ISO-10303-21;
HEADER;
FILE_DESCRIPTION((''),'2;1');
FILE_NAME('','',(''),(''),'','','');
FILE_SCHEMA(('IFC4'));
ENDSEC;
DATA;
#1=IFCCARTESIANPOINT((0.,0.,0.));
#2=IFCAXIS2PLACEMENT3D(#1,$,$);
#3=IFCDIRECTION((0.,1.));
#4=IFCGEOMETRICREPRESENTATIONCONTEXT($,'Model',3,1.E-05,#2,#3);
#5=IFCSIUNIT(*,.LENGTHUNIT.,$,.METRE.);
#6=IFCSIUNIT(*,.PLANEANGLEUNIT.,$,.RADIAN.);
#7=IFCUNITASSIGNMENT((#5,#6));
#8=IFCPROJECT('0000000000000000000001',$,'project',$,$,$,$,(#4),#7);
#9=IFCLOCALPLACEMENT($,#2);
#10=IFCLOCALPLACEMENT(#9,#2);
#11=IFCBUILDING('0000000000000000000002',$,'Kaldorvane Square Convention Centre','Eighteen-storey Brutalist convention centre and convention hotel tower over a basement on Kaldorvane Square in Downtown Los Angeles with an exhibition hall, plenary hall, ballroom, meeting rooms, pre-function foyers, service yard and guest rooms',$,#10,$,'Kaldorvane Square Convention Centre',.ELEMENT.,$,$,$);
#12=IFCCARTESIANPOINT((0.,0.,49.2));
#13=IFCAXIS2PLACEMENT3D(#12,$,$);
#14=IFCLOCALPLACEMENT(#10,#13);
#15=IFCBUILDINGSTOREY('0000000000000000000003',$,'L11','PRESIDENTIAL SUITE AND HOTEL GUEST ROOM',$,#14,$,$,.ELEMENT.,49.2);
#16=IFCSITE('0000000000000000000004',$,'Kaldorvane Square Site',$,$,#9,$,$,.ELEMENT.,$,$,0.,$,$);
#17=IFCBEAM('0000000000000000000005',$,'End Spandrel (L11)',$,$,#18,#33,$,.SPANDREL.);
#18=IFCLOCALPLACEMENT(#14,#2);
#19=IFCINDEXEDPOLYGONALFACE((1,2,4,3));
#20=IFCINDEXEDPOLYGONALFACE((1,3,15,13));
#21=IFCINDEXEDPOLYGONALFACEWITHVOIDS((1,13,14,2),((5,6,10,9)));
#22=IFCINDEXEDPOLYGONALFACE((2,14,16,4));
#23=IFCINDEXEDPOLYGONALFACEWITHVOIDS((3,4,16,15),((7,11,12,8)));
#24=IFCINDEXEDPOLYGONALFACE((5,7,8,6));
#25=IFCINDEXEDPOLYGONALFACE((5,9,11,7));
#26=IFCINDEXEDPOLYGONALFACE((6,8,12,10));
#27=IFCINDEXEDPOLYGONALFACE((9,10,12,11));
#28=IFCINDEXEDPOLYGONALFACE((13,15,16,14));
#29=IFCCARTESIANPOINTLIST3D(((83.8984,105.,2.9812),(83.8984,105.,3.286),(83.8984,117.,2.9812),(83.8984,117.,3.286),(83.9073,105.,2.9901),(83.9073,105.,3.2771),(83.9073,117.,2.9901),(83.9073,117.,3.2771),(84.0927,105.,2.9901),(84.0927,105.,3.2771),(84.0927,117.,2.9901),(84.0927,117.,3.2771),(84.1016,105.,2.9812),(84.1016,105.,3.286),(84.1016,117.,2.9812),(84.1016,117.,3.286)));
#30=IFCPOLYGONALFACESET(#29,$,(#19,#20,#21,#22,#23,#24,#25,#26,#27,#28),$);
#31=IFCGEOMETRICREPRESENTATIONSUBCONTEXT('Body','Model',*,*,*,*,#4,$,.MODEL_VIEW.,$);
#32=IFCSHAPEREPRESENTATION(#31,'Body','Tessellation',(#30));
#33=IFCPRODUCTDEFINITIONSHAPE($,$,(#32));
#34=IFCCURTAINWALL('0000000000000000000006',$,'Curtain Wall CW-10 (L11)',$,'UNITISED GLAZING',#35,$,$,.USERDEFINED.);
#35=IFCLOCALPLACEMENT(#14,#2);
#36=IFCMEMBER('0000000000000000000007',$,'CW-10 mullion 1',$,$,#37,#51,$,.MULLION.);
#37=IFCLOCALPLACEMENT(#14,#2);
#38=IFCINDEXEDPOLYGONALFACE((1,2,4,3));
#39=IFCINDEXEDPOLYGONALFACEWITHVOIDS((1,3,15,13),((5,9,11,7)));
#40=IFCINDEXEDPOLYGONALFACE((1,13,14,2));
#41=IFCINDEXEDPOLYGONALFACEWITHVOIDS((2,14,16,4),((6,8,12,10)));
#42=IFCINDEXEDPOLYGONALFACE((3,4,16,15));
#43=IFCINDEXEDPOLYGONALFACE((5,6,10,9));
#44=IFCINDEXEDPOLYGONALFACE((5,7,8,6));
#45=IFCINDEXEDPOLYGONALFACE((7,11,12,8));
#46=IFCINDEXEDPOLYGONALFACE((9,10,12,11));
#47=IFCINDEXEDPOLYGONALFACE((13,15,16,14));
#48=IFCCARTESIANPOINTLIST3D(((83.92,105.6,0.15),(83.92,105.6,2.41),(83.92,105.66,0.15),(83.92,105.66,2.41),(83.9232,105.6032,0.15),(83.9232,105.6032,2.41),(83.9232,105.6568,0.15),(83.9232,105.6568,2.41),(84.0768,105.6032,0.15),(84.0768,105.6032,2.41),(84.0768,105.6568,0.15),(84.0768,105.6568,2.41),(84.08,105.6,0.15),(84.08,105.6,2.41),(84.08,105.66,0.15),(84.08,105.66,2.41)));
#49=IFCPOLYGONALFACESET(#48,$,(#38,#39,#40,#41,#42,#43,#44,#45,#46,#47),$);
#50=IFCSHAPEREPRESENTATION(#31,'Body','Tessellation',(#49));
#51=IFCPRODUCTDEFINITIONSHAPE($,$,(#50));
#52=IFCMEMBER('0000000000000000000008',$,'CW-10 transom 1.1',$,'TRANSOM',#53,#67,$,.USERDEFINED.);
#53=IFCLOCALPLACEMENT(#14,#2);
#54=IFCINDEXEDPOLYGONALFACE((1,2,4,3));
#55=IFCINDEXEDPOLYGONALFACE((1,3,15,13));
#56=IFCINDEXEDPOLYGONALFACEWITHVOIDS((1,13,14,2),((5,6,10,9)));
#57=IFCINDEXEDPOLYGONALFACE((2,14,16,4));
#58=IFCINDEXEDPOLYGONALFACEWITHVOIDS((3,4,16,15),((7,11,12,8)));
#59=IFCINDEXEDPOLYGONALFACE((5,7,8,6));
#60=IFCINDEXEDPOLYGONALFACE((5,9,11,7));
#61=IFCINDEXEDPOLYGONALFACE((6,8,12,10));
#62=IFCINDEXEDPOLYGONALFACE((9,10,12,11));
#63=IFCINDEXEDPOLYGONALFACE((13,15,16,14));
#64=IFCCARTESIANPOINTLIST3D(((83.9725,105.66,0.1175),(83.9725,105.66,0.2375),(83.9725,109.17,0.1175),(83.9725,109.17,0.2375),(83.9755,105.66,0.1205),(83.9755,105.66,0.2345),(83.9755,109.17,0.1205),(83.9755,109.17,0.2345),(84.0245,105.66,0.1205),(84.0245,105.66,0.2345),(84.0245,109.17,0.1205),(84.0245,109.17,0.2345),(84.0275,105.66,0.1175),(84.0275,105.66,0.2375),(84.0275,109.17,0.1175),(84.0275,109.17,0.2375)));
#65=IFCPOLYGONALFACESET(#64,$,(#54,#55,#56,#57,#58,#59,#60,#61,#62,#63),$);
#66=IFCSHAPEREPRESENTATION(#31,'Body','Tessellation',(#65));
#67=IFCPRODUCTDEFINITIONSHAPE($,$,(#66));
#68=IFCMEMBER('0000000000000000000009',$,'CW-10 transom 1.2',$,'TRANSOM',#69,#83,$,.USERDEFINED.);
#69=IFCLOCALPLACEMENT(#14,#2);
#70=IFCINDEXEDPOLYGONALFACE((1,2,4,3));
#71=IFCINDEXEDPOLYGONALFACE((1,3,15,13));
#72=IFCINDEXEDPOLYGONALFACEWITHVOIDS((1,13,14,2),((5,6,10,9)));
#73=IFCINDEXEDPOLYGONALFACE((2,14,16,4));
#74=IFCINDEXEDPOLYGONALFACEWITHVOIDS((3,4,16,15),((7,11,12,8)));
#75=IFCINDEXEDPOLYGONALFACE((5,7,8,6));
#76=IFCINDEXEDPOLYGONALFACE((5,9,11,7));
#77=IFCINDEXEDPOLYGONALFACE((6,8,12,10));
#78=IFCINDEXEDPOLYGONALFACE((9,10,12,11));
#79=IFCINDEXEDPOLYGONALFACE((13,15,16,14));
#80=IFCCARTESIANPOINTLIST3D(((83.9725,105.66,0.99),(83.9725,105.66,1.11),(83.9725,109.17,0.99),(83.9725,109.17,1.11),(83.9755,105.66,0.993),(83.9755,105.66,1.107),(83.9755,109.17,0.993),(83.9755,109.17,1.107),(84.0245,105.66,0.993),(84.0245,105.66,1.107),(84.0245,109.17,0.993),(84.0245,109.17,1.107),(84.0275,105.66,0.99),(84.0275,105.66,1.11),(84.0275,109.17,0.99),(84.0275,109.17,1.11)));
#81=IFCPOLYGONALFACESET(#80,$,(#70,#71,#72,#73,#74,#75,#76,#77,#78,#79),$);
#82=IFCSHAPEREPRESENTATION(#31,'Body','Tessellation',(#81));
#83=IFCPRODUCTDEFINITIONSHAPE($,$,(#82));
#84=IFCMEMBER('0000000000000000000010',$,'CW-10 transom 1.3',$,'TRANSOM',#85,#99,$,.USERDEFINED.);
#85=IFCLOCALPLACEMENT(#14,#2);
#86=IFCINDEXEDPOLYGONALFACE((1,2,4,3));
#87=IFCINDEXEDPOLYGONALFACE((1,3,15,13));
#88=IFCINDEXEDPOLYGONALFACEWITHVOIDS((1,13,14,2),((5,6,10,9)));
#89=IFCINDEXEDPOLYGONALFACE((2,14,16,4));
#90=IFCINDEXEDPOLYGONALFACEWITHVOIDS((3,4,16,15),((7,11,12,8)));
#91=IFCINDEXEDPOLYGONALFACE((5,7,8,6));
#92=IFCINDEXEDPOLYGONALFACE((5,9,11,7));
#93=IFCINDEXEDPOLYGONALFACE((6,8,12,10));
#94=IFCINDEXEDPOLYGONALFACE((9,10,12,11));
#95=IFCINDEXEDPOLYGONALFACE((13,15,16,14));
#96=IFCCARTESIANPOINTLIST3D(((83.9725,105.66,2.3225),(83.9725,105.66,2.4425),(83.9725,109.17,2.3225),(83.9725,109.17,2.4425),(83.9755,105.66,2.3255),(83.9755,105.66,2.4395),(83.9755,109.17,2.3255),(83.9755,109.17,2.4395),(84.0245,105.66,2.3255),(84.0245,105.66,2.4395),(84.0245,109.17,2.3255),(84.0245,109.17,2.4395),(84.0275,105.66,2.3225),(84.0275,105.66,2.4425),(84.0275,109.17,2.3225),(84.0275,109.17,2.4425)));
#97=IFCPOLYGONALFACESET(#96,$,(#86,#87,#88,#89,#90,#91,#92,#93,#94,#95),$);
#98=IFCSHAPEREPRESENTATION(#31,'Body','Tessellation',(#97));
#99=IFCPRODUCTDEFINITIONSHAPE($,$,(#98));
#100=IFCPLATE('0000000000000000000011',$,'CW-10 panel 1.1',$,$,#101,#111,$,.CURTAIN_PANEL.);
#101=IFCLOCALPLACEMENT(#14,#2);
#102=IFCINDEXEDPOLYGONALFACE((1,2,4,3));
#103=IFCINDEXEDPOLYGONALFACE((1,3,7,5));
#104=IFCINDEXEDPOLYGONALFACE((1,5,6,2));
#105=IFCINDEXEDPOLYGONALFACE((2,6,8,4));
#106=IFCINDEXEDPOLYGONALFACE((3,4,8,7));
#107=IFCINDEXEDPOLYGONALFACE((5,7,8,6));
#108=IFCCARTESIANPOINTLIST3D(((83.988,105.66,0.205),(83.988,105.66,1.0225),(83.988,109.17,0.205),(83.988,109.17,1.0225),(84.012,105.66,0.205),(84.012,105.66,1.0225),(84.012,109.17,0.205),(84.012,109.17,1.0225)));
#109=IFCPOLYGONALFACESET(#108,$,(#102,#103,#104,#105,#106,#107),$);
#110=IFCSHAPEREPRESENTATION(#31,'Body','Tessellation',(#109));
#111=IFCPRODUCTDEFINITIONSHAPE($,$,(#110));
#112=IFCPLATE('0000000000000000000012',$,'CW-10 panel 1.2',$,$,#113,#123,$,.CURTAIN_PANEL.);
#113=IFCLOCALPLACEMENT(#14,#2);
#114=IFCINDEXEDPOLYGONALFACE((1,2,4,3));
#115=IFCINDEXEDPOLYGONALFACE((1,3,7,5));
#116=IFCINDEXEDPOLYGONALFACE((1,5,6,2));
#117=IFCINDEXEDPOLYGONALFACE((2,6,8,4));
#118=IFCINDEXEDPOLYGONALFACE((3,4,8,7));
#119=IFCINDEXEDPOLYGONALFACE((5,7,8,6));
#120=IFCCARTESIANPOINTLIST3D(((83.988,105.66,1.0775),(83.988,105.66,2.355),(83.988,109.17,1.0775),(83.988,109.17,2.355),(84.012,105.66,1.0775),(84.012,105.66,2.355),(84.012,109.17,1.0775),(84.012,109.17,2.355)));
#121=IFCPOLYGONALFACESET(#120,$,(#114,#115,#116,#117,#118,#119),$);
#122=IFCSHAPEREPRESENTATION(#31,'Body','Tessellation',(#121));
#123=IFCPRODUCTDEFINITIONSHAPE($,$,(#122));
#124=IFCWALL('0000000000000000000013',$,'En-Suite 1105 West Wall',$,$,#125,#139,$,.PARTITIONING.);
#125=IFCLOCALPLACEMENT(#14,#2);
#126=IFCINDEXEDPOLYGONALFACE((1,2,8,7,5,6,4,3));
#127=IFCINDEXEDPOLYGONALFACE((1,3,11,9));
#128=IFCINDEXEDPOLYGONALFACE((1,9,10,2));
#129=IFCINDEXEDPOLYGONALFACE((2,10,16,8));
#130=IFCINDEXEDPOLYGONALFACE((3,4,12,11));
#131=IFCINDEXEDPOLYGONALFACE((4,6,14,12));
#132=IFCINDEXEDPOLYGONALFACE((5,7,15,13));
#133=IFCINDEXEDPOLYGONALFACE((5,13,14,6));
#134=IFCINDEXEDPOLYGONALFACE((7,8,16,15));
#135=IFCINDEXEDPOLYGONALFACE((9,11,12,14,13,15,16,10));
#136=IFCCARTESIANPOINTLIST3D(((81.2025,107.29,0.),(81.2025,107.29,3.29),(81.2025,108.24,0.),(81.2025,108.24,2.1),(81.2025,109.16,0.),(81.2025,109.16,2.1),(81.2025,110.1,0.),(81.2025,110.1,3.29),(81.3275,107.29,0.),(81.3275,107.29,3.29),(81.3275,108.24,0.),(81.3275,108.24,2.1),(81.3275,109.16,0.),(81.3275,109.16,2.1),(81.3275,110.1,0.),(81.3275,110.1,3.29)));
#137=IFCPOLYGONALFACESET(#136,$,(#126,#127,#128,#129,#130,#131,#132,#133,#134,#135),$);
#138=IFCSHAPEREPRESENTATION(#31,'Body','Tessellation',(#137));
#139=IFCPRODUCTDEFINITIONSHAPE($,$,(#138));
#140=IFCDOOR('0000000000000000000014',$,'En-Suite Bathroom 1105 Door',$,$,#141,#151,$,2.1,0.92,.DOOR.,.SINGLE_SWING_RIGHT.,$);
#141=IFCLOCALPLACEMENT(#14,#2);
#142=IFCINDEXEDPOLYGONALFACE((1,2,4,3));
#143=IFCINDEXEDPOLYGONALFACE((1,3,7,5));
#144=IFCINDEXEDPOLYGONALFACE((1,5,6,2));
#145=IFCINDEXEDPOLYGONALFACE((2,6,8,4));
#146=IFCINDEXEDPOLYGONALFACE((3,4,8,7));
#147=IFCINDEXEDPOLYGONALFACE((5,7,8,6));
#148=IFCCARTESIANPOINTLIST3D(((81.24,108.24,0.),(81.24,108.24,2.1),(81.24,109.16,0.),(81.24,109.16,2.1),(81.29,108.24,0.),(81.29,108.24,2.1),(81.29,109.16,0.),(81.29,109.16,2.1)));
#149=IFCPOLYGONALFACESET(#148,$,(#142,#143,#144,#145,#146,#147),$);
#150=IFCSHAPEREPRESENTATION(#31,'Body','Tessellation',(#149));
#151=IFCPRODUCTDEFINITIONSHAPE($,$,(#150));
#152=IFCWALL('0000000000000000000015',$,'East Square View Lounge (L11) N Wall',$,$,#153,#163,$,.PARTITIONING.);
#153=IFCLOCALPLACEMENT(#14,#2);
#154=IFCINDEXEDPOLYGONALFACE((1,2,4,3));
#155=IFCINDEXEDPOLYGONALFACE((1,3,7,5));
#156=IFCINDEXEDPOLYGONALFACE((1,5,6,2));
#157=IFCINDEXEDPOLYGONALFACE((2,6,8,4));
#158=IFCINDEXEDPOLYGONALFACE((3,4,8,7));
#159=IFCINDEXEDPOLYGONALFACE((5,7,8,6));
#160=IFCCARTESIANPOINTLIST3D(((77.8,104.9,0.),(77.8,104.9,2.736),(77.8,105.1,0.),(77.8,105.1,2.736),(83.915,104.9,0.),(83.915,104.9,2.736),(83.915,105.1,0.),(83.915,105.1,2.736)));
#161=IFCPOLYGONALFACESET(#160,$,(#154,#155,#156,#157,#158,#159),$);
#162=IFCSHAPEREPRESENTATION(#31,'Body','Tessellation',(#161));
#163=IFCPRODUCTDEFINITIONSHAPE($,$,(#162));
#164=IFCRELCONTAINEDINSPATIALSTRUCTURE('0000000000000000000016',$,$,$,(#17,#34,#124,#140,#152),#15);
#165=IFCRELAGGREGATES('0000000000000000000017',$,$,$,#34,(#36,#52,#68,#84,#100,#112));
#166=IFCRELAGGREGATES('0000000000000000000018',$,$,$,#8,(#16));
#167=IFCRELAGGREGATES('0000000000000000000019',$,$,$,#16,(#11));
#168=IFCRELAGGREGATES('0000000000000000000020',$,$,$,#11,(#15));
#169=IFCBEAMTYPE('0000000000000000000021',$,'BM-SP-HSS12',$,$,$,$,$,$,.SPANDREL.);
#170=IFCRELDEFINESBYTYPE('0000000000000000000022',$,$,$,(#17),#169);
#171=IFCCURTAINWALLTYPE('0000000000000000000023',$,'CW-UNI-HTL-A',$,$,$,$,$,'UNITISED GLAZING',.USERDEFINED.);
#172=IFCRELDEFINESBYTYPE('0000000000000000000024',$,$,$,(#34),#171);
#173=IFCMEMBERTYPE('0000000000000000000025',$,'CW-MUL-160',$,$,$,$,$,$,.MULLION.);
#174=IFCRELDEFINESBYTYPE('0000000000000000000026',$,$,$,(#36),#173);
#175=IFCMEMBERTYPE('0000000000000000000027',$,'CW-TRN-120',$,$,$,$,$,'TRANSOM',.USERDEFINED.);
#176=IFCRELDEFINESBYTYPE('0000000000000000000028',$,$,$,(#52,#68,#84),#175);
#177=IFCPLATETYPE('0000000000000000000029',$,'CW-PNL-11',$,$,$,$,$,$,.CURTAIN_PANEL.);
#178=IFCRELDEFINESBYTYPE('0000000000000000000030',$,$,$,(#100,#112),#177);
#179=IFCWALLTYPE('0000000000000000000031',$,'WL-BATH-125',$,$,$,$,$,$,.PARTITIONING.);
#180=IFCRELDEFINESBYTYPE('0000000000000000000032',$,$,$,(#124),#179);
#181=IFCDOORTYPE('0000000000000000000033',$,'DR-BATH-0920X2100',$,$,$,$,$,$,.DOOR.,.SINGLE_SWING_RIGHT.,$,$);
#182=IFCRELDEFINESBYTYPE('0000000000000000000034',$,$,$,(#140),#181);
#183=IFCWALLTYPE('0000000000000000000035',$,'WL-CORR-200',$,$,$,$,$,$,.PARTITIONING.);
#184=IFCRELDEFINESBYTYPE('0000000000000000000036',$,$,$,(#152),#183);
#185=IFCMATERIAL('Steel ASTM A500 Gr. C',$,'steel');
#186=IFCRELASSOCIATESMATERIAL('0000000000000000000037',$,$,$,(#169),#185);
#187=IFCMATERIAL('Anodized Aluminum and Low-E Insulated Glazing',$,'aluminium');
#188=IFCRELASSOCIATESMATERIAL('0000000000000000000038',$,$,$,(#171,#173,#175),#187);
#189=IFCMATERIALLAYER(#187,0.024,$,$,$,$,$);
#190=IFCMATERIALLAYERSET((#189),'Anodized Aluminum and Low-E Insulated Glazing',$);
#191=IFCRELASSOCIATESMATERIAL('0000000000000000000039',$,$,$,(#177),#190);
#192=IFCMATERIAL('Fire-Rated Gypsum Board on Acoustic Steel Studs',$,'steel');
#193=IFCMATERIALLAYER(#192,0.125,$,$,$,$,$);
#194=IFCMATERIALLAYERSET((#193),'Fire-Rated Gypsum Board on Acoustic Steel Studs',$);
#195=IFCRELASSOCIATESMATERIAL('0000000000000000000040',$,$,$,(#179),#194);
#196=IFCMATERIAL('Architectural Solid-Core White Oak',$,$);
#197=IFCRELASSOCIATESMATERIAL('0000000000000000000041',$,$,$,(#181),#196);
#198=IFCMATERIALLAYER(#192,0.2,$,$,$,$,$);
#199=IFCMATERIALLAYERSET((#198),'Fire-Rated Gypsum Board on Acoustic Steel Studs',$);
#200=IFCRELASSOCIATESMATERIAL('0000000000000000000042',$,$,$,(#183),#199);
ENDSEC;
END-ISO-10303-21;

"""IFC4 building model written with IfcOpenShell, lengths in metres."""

from ifc_helpers import new_model, si_unit, direction, frame, frame_2d, origin, origin_2d, place, context, subcontext, project, spatial, rectangle, hollow_rectangle, extrude, material, layer, layer_set, material_profile, profile_set, type_object, element, fill, aggregate, save


model = new_model("IFC4")

# Units and contexts
model_context = context("Model", 3, precision=1e-05, world=origin(), true_north=direction((0.0, 1.0)))
body_context = subcontext(model_context, "Body", "Model", "MODEL_VIEW")
ifc_project = project(units=[si_unit("LENGTHUNIT", "METRE"), si_unit("PLANEANGLEUNIT", "RADIAN")], contexts=[model_context])

# Site, building, storey
site_placement = place(None, origin())
site = spatial("IfcSite", under=ifc_project, at=site_placement, Name="Kaldorvane Square Site", CompositionType="ELEMENT", RefElevation=0.0)
building_placement = place(site_placement, origin())
building = spatial("IfcBuilding", under=site, at=building_placement, Name="Kaldorvane Square Convention Centre", Description="Eighteen-storey Brutalist convention centre and convention hotel tower over a basement on Kaldorvane Square in Downtown Los Angeles with an exhibition hall, plenary hall, ballroom, meeting rooms, pre-function foyers, service yard and guest rooms", LongName="Kaldorvane Square Convention Centre", CompositionType="ELEMENT")
storey_placement = place(building_placement, frame((0.0, 0.0, 49.2)))
storey = spatial("IfcBuildingStorey", under=building, at=storey_placement, Name="L11", Description="PRESIDENTIAL SUITE AND HOTEL GUEST ROOM", CompositionType="ELEMENT", Elevation=49.2)

# Beam
ifc_material_1 = material(Name="Steel ASTM A500 Gr. C", Category="steel")
ifc_material_profile_1 = material_profile(ifc_material_1, hollow_rectangle(XDim=0.2032, YDim=0.3048, WallThickness=0.0089, at=origin_2d()), Name="HSS12X8X3/8")
ifc_profile_set_1 = profile_set([ifc_material_profile_1], Name="Steel ASTM A500 Gr. C")
beam_type_1 = type_object("IfcBeamType", Name="BM-SP-HSS12", PredefinedType="SPANDREL", material=ifc_profile_set_1)
beam_1_placement = place(storey_placement, frame((84.0, 105.0, 3.1336), z_axis=(0.0, 1.0, 0.0), x_axis=(-1.0, 0.0, 0.0)))
element("IfcBeam", 1, at=beam_1_placement, inside=storey, type_object=beam_type_1, Name="End Spandrel (L11)", PredefinedType="SPANDREL", context=body_context, shape_type="SweptSolid", body=[
    extrude(hollow_rectangle(XDim=0.2032, YDim=0.3048, WallThickness=0.0089, at=origin_2d()), origin(), (0.0, 0.0, 1.0), 12.0),
])

# Curtain wall, members, plates
ifc_material_2 = material(Name="Anodized Aluminum and Low-E Insulated Glazing", Category="aluminium")
curtain_wall_type = type_object("IfcCurtainWallType", Name="CW-UNI-HTL-A", ElementType="UNITISED GLAZING", PredefinedType="USERDEFINED", material=ifc_material_2)
curtain_wall_placement = place(storey_placement, origin())
curtain_wall = element("IfcCurtainWall", 2, at=curtain_wall_placement, inside=storey, type_object=curtain_wall_type, Name="Curtain Wall CW-10 (L11)", ObjectType="UNITISED GLAZING", PredefinedType="USERDEFINED")
ifc_material_profile_2 = material_profile(ifc_material_2, hollow_rectangle(XDim=0.06, YDim=0.16, WallThickness=0.0032, at=origin_2d()), Name="CWM-160X60")
ifc_profile_set_2 = profile_set([ifc_material_profile_2], Name="Anodized Aluminum and Low-E Insulated Glazing")
member_type_1 = type_object("IfcMemberType", Name="CW-MUL-160", PredefinedType="MULLION", material=ifc_profile_set_2)
member_1_placement = place(storey_placement, frame((84.0, 105.63, 0.15), z_axis=(0.0, 0.0, 1.0), x_axis=(0.0, 1.0, 0.0)))
member_1 = element("IfcMember", 3, at=member_1_placement, type_object=member_type_1, Name="CW-10 mullion 1", PredefinedType="MULLION", context=body_context, shape_type="SweptSolid", body=[
    extrude(hollow_rectangle(XDim=0.06, YDim=0.16, WallThickness=0.0032, at=origin_2d()), origin(), (0.0, 0.0, 1.0), 2.26),
])
ifc_material_profile_3 = material_profile(ifc_material_2, hollow_rectangle(XDim=0.055, YDim=0.12, WallThickness=0.003, at=origin_2d()), Name="CWT-120X55")
ifc_profile_set_3 = profile_set([ifc_material_profile_3], Name="Anodized Aluminum and Low-E Insulated Glazing")
member_type_2 = type_object("IfcMemberType", Name="CW-TRN-120", ElementType="TRANSOM", PredefinedType="USERDEFINED", material=ifc_profile_set_3)
member_2_placement = place(storey_placement, frame((84.0, 105.66, 0.1775), z_axis=(0.0, 1.0, 0.0), x_axis=(-1.0, 0.0, 0.0)))
member_2 = element("IfcMember", 4, at=member_2_placement, type_object=member_type_2, Name="CW-10 transom 1.1", ObjectType="TRANSOM", PredefinedType="USERDEFINED", context=body_context, shape_type="SweptSolid", body=[
    extrude(hollow_rectangle(XDim=0.055, YDim=0.12, WallThickness=0.003, at=origin_2d()), origin(), (0.0, 0.0, 1.0), 3.51),
])
member_3_placement = place(storey_placement, frame((84.0, 105.66, 1.05), z_axis=(0.0, 1.0, 0.0), x_axis=(-1.0, 0.0, 0.0)))
member_3 = element("IfcMember", 5, at=member_3_placement, type_object=member_type_2, Name="CW-10 transom 1.2", ObjectType="TRANSOM", PredefinedType="USERDEFINED", context=body_context, shape_type="SweptSolid", body=[
    extrude(hollow_rectangle(XDim=0.055, YDim=0.12, WallThickness=0.003, at=origin_2d()), origin(), (0.0, 0.0, 1.0), 3.51),
])
member_4_placement = place(storey_placement, frame((84.0, 105.66, 2.3825), z_axis=(0.0, 1.0, 0.0), x_axis=(-1.0, 0.0, 0.0)))
member_4 = element("IfcMember", 6, at=member_4_placement, type_object=member_type_2, Name="CW-10 transom 1.3", ObjectType="TRANSOM", PredefinedType="USERDEFINED", context=body_context, shape_type="SweptSolid", body=[
    extrude(hollow_rectangle(XDim=0.055, YDim=0.12, WallThickness=0.003, at=origin_2d()), origin(), (0.0, 0.0, 1.0), 3.51),
])
ifc_layer_1 = layer(ifc_material_2, 0.024)
ifc_layer_set_1 = layer_set([ifc_layer_1], Name="Anodized Aluminum and Low-E Insulated Glazing")
plate_type = type_object("IfcPlateType", Name="CW-PNL-11", PredefinedType="CURTAIN_PANEL", material=ifc_layer_set_1)
plate_1_placement = place(storey_placement, frame((84.0, 107.415, 0.205), z_axis=(0.0, 0.0, 1.0), x_axis=(0.0, 1.0, 0.0)))
plate_1 = element("IfcPlate", 7, at=plate_1_placement, type_object=plate_type, Name="CW-10 panel 1.1", PredefinedType="CURTAIN_PANEL", context=body_context, shape_type="SweptSolid", body=[
    extrude(rectangle(XDim=3.51, YDim=0.024, at=origin_2d()), origin(), (0.0, 0.0, 1.0), 0.8175),
])
plate_2_placement = place(storey_placement, frame((84.0, 107.415, 1.0775), z_axis=(0.0, 0.0, 1.0), x_axis=(0.0, 1.0, 0.0)))
plate_2 = element("IfcPlate", 8, at=plate_2_placement, type_object=plate_type, Name="CW-10 panel 1.2", PredefinedType="CURTAIN_PANEL", context=body_context, shape_type="SweptSolid", body=[
    extrude(rectangle(XDim=3.51, YDim=0.024, at=origin_2d()), origin(), (0.0, 0.0, 1.0), 1.2775),
])
aggregate(curtain_wall, [member_1, member_2, member_3, member_4, plate_1, plate_2])

# Wall, opening, door
ifc_material_3 = material(Name="Fire-Rated Gypsum Board on Acoustic Steel Studs", Category="steel")
ifc_layer_2 = layer(ifc_material_3, 0.125)
ifc_layer_set_2 = layer_set([ifc_layer_2], Name="Fire-Rated Gypsum Board on Acoustic Steel Studs")
wall_type_1 = type_object("IfcWallType", Name="WL-BATH-125", PredefinedType="PARTITIONING", material=ifc_layer_set_2)
wall_1_placement = place(storey_placement, frame((81.265, 107.29, 0.0), z_axis=(0.0, 0.0, 1.0), x_axis=(0.0, 1.0, 0.0)))
wall_1 = element("IfcWall", 9, at=wall_1_placement, inside=storey, type_object=wall_type_1, Name="En-Suite 1105 West Wall", PredefinedType="PARTITIONING", context=body_context, shape_type="SweptSolid", body=[
    extrude(rectangle(XDim=2.81, YDim=0.125, at=frame_2d((1.405, 0.0))), origin(), (0.0, 0.0, 1.0), 3.29),
])
opening_1_placement = place(wall_1_placement, frame((0.95, 0.0, 0.0)))
opening_1 = element("IfcOpeningElement", 10, at=opening_1_placement, cuts=wall_1, PredefinedType="OPENING", context=body_context, shape_type="SweptSolid", body=[
    extrude(rectangle(XDim=0.92, YDim=2.1, at=frame_2d((0.46, 1.05))), frame((0.0, 0.0775, 0.0), z_axis=(0.0, -1.0, 0.0), x_axis=(1.0, 0.0, 0.0)), (0.0, 0.0, 1.0), 0.155),
])
ifc_material_4 = material(Name="Architectural Solid-Core White Oak")
door_type_1 = type_object("IfcDoorType", Name="DR-BATH-0920X2100", OperationType="SINGLE_SWING_RIGHT", PredefinedType="DOOR", material=ifc_material_4)
door_1_placement = place(opening_1_placement, origin())
door_1 = element("IfcDoor", 11, at=door_1_placement, inside=storey, type_object=door_type_1, Name="En-Suite Bathroom 1105 Door", OperationType="SINGLE_SWING_RIGHT", OverallHeight=2.1, OverallWidth=0.92, PredefinedType="DOOR", context=body_context, shape_type="SweptSolid", body=[
    extrude(rectangle(XDim=0.92, YDim=2.1, at=frame_2d((0.46, 1.05))), frame((0.0, 0.025, 0.0), z_axis=(0.0, -1.0, 0.0), x_axis=(1.0, 0.0, 0.0)), (0.0, 0.0, 1.0), 0.05),
])
fill(opening_1, door_1)

# Wall
ifc_layer_3 = layer(ifc_material_3, 0.2)
ifc_layer_set_3 = layer_set([ifc_layer_3], Name="Fire-Rated Gypsum Board on Acoustic Steel Studs")
wall_type_2 = type_object("IfcWallType", Name="WL-CORR-200", PredefinedType="PARTITIONING", material=ifc_layer_set_3)
wall_2_placement = place(storey_placement, frame((83.915, 105.0, 0.0), z_axis=(0.0, 0.0, 1.0), x_axis=(-1.0, 0.0, 0.0)))
element("IfcWall", 12, at=wall_2_placement, inside=storey, type_object=wall_type_2, Name="East Square View Lounge (L11) N Wall", PredefinedType="PARTITIONING", context=body_context, shape_type="SweptSolid", body=[
    extrude(rectangle(XDim=6.115, YDim=0.2, at=frame_2d((3.0575, 0.0))), origin(), (0.0, 0.0, 1.0), 2.736),
])

save(model, "model.ifc")
